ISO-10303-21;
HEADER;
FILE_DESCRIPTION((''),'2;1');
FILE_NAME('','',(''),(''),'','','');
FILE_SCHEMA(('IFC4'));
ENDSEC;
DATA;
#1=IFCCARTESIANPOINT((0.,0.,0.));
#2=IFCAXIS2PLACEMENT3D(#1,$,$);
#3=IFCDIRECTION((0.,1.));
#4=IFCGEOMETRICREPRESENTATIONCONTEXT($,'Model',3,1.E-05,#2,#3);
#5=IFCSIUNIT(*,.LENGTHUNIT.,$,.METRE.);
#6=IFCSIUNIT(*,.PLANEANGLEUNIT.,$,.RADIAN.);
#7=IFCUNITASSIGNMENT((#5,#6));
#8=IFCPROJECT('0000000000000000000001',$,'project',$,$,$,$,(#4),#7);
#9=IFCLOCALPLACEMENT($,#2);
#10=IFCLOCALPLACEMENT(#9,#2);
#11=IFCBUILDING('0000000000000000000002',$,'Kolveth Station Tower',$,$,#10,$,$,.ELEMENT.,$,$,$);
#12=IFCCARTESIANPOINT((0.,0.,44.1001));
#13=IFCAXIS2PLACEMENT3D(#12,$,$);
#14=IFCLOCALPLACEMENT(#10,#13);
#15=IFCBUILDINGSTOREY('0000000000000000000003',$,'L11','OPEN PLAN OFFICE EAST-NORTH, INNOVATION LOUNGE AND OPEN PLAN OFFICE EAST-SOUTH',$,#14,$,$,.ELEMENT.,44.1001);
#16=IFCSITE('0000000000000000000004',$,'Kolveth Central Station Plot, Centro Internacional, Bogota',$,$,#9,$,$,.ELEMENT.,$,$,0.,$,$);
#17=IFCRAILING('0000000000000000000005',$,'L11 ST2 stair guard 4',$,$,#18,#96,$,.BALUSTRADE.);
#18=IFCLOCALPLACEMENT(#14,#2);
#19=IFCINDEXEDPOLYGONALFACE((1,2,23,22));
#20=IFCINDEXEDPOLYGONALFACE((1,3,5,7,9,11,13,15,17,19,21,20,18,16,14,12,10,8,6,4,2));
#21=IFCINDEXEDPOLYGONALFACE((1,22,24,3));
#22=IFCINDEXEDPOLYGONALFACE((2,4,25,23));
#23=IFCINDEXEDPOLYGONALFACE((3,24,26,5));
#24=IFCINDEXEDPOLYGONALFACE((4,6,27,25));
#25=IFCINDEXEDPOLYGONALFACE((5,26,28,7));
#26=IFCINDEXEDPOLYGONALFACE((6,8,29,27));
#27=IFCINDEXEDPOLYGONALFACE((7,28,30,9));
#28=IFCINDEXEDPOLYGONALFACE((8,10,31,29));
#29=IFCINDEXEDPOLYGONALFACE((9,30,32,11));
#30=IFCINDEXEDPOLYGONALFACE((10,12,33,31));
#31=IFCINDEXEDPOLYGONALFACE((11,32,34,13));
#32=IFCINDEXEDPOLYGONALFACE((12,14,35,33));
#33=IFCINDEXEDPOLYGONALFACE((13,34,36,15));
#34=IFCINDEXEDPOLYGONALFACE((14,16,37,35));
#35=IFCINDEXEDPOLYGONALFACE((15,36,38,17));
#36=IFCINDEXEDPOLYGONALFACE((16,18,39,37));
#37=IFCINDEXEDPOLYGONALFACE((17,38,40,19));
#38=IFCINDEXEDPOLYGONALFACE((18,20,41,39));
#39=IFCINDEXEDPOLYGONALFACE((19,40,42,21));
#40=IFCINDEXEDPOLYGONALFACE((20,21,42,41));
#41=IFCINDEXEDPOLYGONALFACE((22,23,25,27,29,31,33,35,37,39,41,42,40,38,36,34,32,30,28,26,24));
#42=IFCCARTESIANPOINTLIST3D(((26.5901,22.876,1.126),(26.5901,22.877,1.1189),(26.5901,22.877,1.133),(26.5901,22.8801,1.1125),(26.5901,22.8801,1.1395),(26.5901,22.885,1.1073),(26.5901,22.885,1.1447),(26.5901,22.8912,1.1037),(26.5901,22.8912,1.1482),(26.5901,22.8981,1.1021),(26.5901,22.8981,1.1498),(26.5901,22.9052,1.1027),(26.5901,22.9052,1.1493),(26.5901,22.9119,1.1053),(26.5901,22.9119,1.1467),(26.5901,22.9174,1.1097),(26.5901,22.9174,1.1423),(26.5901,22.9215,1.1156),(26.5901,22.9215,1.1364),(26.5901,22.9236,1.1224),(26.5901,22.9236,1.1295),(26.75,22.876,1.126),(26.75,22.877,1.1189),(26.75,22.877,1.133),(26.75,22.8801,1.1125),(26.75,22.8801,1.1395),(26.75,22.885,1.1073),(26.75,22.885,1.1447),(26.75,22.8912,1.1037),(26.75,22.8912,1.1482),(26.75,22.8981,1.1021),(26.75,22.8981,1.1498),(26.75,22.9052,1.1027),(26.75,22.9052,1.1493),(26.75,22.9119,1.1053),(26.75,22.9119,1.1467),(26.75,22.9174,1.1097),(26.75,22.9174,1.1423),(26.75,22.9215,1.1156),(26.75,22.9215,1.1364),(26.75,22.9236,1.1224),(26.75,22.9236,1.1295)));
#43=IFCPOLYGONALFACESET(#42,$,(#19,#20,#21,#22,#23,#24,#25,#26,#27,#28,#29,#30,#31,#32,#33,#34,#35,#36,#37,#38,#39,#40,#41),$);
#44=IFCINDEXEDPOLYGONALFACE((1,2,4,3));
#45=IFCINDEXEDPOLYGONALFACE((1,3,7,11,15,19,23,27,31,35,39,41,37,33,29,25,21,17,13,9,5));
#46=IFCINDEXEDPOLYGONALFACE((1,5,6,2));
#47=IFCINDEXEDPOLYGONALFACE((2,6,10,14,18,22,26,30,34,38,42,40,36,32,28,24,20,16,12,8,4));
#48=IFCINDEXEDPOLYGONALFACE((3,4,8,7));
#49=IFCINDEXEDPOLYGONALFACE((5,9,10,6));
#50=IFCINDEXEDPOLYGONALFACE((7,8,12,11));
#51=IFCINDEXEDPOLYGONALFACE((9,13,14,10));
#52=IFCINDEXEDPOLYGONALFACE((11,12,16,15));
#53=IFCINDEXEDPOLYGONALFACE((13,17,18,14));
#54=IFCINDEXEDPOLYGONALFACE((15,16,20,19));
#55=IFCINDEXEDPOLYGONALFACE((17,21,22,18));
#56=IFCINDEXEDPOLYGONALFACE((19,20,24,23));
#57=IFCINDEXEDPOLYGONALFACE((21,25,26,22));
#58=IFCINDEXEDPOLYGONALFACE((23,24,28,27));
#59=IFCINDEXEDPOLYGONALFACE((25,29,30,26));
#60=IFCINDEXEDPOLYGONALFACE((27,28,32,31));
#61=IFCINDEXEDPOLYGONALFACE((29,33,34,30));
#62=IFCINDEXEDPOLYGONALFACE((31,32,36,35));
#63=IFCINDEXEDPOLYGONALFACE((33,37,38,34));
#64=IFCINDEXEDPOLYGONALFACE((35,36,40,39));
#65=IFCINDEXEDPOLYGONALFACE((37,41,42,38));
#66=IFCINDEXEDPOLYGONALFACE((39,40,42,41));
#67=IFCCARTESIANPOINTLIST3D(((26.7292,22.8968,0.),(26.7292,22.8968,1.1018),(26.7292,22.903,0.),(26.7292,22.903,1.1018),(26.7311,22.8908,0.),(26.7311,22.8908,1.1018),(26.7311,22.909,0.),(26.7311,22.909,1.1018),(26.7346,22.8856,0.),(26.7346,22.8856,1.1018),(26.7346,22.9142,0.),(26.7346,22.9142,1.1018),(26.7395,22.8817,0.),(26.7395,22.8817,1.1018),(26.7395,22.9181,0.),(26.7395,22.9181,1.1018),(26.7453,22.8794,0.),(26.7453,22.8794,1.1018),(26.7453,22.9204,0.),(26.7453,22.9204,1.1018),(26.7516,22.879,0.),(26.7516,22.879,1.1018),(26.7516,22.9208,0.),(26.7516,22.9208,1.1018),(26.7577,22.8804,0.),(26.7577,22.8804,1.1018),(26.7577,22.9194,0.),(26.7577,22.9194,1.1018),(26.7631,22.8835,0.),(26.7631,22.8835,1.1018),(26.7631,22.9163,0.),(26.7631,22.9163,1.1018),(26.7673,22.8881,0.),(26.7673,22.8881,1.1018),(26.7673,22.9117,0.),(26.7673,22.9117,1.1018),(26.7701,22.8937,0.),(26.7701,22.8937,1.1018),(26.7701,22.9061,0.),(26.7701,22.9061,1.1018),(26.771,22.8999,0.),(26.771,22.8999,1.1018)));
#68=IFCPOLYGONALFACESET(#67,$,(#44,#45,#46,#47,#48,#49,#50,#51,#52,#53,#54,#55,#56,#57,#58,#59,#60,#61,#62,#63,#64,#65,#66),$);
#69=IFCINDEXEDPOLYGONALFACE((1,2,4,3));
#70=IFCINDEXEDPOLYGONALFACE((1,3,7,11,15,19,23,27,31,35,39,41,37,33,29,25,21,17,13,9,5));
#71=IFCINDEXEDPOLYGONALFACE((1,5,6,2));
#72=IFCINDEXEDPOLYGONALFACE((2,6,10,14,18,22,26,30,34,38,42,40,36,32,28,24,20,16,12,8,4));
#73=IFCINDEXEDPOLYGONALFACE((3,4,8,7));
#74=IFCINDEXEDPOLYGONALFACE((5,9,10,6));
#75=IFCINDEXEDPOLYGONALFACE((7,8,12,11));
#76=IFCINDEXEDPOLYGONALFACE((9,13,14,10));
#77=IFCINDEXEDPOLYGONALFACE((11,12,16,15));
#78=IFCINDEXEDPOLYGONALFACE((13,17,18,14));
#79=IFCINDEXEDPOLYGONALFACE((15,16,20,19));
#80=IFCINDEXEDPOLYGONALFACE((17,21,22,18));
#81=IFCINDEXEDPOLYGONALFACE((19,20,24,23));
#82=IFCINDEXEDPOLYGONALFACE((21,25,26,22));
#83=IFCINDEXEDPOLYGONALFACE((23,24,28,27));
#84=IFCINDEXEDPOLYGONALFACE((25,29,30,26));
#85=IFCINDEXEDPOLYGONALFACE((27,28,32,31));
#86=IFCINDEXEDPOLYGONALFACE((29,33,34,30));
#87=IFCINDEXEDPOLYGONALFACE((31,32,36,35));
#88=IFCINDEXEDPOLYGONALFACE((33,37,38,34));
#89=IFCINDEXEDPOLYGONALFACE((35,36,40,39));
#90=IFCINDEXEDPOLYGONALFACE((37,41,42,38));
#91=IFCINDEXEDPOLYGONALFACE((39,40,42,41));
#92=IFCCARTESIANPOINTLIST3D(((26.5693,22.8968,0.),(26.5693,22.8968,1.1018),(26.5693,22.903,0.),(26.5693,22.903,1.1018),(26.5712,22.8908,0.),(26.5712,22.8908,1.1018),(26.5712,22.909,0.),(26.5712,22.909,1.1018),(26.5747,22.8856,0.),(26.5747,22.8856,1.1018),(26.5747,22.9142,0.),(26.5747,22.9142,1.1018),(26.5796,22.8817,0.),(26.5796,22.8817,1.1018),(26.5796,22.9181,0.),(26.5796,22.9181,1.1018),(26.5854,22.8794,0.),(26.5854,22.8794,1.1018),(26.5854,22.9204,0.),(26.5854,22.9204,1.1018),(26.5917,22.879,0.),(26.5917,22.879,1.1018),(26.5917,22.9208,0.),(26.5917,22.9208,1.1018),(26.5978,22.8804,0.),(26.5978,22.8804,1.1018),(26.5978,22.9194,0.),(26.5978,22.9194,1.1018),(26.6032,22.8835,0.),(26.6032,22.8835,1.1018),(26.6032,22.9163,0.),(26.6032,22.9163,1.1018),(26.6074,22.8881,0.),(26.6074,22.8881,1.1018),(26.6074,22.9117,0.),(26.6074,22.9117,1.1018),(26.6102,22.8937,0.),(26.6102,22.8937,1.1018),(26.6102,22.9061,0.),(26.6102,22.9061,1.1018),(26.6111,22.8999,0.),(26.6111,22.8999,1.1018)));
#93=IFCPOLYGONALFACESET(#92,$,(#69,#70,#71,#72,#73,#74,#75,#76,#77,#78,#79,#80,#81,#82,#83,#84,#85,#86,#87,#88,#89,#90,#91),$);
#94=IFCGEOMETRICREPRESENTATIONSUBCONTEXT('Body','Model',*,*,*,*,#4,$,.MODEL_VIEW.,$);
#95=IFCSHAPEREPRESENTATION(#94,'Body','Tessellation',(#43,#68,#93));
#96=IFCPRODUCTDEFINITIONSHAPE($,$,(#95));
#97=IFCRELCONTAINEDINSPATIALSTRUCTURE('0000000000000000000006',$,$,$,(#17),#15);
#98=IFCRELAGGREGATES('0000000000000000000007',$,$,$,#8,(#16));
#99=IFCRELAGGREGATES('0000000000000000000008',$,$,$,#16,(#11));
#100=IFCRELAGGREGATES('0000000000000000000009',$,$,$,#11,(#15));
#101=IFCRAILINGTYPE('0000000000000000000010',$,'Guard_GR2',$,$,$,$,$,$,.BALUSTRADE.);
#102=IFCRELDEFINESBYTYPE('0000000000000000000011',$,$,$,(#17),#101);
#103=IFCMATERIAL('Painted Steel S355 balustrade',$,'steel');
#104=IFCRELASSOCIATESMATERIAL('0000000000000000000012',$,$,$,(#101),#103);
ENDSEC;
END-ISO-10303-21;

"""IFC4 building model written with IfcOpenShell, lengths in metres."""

from ifc_helpers import new_model, si_unit, direction, frame, origin, origin_2d, place, context, subcontext, project, spatial, circle, extrude, material, type_object, element, save


model = new_model("IFC4")

# Units and contexts
model_context = context("Model", 3, precision=1e-05, world=origin(), true_north=direction((0.0, 1.0)))
body_context = subcontext(model_context, "Body", "Model", "MODEL_VIEW")
ifc_project = project(units=[si_unit("LENGTHUNIT", "METRE"), si_unit("PLANEANGLEUNIT", "RADIAN")], contexts=[model_context])

# Site, building, storey
site_placement = place(None, origin())
site = spatial("IfcSite", under=ifc_project, at=site_placement, Name="Kolveth Central Station Plot, Centro Internacional, Bogota", CompositionType="ELEMENT", RefElevation=0.0)
building_placement = place(site_placement, origin())
building = spatial("IfcBuilding", under=site, at=building_placement, Name="Kolveth Station Tower", CompositionType="ELEMENT")
storey_placement = place(building_placement, frame((0.0, 0.0, 44.1001)))
storey = spatial("IfcBuildingStorey", under=building, at=storey_placement, Name="L11", Description="OPEN PLAN OFFICE EAST-NORTH, INNOVATION LOUNGE AND OPEN PLAN OFFICE EAST-SOUTH", CompositionType="ELEMENT", Elevation=44.1001)

# Railing
ifc_material_1 = material(Name="Painted Steel S355 balustrade", Category="steel")
railing_type_1 = type_object("IfcRailingType", Name="Guard_GR2", PredefinedType="BALUSTRADE", material=ifc_material_1)
railing_1_placement = place(storey_placement, frame((26.75, 22.8999, 0.0)))
element("IfcRailing", 1, at=railing_1_placement, inside=storey, type_object=railing_type_1, Name="L11 ST2 stair guard 4", PredefinedType="BALUSTRADE", context=body_context, shape_type="SweptSolid", body=[
    extrude(circle(Radius=0.0239, at=origin_2d()), frame((0.0, 0.0, 1.126), z_axis=(-1.0, 0.0, 0.0), x_axis=(0.0, -1.0, 0.0)), (0.0, 0.0, 1.0), 0.1599),
    extrude(circle(Radius=0.021, at=origin_2d()), origin(), (0.0, 0.0, 1.0), 1.1018),
    extrude(circle(Radius=0.021, at=origin_2d()), frame((-0.1599, 0.0, 0.0)), (0.0, 0.0, 1.0), 1.1018),
])

save(model, "model.ifc")
